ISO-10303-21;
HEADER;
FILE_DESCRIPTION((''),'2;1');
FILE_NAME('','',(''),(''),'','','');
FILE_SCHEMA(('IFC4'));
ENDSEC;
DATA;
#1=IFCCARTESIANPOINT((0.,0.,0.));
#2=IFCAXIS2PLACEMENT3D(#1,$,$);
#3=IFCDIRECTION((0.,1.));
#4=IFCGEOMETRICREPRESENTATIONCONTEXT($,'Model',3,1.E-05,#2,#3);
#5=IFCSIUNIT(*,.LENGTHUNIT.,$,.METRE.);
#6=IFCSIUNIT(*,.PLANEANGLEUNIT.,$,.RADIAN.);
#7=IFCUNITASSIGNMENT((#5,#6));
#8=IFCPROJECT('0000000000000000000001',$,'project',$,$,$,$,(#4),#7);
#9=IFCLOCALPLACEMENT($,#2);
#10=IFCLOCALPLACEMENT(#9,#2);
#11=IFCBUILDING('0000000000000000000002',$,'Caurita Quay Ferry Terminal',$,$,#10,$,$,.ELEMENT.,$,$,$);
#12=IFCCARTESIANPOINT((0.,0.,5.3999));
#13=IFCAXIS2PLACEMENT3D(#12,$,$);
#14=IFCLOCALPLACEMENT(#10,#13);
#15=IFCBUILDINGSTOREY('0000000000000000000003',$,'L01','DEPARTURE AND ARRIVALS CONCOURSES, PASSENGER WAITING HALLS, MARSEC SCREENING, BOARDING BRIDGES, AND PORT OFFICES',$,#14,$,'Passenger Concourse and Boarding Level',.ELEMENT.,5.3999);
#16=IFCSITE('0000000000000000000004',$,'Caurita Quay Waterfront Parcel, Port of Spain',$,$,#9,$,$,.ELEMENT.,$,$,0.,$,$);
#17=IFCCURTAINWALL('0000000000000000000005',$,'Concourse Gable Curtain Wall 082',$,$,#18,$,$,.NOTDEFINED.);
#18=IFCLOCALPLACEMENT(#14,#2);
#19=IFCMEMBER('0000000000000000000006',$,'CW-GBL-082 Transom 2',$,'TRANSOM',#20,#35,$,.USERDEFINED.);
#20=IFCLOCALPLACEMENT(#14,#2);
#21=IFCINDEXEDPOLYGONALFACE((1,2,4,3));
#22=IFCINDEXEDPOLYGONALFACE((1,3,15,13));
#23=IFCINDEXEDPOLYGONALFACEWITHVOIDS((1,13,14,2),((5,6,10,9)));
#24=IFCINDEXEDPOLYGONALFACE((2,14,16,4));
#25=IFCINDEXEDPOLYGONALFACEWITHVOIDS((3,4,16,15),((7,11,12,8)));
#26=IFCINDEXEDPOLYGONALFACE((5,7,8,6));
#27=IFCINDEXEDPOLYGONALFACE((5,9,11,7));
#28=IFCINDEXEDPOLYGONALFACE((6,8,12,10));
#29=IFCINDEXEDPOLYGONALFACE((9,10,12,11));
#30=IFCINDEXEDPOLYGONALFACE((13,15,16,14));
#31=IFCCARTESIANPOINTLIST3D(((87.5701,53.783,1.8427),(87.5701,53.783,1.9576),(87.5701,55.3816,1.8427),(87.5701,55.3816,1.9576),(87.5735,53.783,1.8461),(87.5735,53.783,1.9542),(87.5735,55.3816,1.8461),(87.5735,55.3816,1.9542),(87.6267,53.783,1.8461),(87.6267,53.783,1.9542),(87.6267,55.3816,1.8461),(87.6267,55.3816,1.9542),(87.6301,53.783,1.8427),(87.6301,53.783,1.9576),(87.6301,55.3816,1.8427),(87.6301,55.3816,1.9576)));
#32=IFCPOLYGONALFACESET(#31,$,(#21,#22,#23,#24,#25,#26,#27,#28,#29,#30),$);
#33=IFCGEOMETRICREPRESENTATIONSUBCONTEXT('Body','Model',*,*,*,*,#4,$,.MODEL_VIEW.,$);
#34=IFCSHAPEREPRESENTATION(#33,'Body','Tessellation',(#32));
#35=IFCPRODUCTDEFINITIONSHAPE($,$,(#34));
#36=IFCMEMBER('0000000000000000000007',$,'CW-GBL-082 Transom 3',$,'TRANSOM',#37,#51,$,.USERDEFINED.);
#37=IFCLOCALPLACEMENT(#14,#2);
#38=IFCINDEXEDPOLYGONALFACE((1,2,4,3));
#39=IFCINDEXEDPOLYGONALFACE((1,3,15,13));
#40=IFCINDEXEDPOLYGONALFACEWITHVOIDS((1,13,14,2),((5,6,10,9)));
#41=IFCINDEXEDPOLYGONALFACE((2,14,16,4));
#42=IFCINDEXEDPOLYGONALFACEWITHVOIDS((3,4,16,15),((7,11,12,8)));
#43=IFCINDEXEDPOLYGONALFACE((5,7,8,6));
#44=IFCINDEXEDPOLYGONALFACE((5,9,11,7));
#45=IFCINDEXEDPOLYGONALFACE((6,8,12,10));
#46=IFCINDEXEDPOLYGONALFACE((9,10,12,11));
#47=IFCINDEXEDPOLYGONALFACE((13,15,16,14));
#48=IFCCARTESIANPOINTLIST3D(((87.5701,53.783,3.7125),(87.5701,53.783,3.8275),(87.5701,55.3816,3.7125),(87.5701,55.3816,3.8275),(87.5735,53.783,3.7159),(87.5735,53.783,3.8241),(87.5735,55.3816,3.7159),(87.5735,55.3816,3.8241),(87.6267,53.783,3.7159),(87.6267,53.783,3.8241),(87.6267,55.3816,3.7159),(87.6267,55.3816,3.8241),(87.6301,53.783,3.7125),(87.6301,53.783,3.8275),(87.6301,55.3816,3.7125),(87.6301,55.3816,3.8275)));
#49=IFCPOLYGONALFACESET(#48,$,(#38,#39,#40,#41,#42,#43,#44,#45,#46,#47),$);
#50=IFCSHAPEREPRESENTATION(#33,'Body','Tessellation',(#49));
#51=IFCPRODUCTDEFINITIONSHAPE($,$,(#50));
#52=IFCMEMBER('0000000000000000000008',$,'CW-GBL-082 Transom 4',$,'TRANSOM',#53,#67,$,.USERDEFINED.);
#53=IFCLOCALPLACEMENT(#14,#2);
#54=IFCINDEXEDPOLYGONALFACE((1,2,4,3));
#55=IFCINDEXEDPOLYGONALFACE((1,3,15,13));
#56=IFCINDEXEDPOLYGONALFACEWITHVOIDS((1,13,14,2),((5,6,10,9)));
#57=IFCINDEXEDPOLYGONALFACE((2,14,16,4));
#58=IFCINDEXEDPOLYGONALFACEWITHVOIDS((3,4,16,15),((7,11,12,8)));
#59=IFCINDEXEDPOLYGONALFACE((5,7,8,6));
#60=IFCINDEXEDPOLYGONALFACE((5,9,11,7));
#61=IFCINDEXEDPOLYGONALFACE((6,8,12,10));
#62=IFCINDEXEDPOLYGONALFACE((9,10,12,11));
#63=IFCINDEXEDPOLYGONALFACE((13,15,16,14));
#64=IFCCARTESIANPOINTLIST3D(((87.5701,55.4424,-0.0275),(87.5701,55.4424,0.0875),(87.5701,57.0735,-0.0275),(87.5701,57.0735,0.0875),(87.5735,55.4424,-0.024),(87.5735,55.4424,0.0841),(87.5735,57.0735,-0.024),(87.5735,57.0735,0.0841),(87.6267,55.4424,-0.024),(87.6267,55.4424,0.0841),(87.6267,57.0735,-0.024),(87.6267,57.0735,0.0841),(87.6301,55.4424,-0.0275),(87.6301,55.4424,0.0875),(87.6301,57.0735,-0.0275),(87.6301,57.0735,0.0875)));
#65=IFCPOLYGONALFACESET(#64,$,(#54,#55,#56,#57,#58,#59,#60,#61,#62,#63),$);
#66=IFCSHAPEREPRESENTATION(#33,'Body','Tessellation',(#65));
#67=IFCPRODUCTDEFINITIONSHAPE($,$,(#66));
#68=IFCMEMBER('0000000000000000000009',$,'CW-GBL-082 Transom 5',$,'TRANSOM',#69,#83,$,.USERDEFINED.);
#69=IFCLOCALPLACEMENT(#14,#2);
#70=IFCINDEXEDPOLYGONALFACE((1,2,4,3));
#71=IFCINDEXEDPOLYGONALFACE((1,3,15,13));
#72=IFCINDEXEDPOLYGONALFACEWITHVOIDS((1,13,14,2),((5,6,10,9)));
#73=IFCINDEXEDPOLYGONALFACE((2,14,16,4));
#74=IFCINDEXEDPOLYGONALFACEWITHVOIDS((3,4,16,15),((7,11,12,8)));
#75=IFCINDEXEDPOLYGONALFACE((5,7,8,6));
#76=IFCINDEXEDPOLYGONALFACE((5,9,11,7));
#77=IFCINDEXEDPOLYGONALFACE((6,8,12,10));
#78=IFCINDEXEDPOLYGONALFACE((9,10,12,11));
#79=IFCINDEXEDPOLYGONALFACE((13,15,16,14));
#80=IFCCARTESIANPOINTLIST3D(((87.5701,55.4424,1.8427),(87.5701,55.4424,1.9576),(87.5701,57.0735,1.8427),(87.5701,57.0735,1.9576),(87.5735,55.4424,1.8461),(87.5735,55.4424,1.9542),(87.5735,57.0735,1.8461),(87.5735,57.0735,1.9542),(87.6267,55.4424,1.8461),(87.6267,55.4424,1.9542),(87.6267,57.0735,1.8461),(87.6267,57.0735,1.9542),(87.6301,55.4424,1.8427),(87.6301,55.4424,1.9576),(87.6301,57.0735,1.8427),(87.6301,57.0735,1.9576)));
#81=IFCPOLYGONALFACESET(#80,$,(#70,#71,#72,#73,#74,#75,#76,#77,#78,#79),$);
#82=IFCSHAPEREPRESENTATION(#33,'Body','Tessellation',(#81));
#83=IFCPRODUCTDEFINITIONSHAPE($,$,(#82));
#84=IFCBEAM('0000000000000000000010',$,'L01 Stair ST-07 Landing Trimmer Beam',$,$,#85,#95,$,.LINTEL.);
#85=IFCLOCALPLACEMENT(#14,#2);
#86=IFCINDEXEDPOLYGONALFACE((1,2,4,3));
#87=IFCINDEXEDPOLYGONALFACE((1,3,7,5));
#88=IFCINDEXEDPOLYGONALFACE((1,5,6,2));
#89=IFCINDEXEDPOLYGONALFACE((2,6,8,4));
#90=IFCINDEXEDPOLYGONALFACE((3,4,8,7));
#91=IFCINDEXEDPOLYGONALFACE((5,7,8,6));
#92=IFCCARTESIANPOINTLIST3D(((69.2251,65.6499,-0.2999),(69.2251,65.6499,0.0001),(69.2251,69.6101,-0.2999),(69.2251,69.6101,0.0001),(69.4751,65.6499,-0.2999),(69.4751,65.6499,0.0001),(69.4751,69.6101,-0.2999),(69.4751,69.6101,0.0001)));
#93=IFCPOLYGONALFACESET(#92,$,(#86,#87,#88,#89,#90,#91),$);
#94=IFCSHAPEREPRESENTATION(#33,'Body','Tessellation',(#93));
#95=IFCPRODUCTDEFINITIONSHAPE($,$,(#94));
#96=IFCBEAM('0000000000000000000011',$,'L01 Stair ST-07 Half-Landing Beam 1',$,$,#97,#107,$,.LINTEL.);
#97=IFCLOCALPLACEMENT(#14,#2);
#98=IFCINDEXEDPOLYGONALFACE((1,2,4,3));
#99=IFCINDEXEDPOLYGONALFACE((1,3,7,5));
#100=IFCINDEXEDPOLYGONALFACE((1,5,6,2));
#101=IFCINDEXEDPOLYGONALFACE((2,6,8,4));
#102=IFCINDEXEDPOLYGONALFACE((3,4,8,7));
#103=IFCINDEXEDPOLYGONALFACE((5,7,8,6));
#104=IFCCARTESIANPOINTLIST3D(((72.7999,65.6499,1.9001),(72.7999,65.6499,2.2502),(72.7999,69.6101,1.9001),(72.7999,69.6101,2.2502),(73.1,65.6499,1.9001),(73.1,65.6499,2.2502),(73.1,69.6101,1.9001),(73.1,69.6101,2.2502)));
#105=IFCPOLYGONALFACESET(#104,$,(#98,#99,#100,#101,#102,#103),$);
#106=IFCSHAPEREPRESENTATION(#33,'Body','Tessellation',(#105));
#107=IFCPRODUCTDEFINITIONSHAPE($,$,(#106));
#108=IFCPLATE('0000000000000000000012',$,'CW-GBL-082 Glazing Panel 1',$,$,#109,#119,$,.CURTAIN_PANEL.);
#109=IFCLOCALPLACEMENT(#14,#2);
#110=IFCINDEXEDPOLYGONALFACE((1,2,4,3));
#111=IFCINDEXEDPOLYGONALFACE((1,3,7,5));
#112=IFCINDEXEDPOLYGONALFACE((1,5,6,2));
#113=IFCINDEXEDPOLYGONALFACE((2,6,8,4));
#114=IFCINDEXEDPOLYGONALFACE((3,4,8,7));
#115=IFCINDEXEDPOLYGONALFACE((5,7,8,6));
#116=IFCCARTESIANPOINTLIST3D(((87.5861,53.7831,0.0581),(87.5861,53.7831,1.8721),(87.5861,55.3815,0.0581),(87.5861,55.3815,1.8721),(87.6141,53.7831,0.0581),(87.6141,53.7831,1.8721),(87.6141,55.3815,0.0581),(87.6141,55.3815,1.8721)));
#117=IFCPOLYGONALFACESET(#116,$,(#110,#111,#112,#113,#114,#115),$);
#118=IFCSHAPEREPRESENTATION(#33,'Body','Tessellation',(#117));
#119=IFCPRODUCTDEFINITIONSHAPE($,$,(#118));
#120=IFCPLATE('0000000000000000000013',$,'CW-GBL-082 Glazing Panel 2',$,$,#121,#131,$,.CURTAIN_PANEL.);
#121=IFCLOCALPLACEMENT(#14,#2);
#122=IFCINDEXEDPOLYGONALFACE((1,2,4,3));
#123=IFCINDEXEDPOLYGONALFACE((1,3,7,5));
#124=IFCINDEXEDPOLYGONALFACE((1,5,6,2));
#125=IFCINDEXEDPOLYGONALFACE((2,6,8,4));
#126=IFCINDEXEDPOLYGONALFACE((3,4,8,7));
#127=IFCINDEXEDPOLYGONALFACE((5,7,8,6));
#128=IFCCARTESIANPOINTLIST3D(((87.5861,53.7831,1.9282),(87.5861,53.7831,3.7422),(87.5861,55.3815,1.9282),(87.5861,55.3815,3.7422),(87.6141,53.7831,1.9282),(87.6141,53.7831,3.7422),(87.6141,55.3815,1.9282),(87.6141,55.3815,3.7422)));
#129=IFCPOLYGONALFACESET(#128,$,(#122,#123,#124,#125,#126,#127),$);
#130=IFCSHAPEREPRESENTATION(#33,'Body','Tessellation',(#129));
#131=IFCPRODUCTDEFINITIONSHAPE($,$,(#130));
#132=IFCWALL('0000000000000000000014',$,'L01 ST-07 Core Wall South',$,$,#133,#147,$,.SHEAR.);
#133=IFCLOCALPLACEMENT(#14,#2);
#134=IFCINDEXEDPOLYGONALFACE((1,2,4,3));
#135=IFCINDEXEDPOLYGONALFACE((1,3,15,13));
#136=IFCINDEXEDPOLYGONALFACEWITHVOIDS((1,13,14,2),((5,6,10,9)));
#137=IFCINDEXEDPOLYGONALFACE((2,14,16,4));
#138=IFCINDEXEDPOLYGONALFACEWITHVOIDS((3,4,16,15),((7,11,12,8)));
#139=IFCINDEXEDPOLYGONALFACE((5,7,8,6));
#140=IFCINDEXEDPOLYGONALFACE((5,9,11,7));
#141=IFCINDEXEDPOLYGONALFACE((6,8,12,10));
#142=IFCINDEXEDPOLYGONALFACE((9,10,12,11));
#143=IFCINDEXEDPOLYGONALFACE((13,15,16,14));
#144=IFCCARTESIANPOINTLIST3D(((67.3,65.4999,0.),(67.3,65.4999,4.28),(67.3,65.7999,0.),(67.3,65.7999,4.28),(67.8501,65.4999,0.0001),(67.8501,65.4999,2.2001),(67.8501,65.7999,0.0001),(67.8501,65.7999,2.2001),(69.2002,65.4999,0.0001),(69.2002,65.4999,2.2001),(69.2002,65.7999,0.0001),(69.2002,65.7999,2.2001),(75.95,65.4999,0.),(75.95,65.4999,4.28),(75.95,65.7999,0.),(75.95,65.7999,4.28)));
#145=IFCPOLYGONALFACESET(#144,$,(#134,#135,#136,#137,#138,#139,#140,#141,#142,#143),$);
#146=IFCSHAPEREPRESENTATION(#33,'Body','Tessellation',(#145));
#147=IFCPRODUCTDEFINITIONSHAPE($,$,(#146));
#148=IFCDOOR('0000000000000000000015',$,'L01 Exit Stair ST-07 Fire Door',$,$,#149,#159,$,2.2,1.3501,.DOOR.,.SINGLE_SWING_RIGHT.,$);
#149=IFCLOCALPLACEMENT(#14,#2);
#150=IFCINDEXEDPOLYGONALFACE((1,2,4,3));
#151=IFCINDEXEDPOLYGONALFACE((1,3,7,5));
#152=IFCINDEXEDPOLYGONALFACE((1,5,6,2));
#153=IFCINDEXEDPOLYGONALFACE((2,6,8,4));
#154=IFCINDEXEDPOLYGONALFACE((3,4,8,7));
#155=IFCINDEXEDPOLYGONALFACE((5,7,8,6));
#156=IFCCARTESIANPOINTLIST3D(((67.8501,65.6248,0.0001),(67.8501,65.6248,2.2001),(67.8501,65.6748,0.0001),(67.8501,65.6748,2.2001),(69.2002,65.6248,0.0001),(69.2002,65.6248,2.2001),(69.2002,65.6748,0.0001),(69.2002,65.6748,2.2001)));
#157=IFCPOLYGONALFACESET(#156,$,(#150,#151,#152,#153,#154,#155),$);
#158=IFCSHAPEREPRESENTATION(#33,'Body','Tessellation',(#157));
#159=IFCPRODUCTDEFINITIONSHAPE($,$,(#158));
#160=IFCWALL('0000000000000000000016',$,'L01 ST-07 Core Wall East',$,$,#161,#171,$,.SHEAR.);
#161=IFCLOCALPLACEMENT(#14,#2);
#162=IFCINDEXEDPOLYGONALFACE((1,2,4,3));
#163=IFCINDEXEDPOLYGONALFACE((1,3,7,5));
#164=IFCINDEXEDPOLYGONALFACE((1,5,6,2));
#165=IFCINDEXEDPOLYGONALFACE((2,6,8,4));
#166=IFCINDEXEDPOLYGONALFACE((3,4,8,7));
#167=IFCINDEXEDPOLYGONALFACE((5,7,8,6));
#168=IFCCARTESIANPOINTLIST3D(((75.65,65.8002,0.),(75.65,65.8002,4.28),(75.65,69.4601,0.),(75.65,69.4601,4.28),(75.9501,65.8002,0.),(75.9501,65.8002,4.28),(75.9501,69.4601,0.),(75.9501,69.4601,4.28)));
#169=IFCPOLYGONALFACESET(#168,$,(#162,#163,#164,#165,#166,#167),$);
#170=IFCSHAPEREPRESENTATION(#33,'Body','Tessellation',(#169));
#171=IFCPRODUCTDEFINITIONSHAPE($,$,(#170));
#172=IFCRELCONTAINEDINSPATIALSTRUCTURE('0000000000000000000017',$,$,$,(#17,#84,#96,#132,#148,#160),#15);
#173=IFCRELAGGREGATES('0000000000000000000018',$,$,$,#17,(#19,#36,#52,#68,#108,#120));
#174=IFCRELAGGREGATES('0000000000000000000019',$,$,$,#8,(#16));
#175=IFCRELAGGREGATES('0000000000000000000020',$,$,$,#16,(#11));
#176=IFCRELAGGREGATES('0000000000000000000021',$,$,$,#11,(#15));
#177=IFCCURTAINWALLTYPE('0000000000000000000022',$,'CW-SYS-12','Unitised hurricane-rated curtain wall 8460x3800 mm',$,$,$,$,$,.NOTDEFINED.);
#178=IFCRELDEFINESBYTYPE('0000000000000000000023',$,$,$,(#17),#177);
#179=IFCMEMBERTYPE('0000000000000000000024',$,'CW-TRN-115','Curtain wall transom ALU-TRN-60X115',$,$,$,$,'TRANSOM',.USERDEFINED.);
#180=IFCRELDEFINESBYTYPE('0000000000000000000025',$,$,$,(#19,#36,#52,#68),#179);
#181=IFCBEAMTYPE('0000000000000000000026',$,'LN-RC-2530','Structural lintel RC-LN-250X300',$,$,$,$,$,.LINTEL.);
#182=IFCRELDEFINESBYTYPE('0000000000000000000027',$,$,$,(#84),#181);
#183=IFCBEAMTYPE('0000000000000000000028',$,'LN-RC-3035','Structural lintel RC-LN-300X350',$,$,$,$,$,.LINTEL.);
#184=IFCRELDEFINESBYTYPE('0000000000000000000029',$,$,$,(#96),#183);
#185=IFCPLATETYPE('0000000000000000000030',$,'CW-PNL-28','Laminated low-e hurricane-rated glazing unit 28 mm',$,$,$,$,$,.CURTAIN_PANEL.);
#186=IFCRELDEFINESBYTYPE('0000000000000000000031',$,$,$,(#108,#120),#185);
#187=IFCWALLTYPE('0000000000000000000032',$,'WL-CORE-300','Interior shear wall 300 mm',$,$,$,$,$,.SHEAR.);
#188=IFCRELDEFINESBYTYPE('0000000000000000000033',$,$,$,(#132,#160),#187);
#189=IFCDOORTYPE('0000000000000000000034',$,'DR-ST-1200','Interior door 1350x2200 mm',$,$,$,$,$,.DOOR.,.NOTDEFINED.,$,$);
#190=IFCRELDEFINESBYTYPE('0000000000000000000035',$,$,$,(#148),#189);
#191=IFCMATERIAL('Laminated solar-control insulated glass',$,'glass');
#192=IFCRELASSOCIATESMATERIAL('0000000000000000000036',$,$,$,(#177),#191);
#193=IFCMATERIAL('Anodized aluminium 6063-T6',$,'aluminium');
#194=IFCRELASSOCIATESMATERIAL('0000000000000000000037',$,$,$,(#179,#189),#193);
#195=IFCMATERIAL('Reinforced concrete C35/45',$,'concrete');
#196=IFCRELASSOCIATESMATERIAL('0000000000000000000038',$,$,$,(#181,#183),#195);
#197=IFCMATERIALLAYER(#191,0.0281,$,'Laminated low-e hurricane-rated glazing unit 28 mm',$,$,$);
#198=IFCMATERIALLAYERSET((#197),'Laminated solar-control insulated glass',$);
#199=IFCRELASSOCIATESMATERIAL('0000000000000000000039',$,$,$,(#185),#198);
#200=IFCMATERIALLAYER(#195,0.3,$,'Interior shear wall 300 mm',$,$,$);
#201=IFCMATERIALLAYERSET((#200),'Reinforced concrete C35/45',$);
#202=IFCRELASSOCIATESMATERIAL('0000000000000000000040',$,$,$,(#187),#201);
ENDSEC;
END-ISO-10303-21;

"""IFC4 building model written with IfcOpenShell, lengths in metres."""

from ifc_helpers import new_model, si_unit, direction, frame, frame_2d, origin, origin_2d, place, context, subcontext, project, spatial, rectangle, hollow_rectangle, extrude, material, layer, layer_set, material_profile, profile_set, type_object, element, fill, aggregate, save


model = new_model("IFC4")

# Units and contexts
model_context = context("Model", 3, precision=1e-05, world=origin(), true_north=direction((0.0, 1.0)))
body_context = subcontext(model_context, "Body", "Model", "MODEL_VIEW")
ifc_project = project(units=[si_unit("LENGTHUNIT", "METRE"), si_unit("PLANEANGLEUNIT", "RADIAN")], contexts=[model_context])

# Site, building, storey
site_placement = place(None, origin())
site = spatial("IfcSite", under=ifc_project, at=site_placement, Name="Caurita Quay Waterfront Parcel, Port of Spain", CompositionType="ELEMENT", RefElevation=0.0)
building_placement = place(site_placement, origin())
building = spatial("IfcBuilding", under=site, at=building_placement, Name="Caurita Quay Ferry Terminal", CompositionType="ELEMENT")
storey_placement = place(building_placement, frame((0.0, 0.0, 5.3999)))
storey = spatial("IfcBuildingStorey", under=building, at=storey_placement, Name="L01", Description="DEPARTURE AND ARRIVALS CONCOURSES, PASSENGER WAITING HALLS, MARSEC SCREENING, BOARDING BRIDGES, AND PORT OFFICES", LongName="Passenger Concourse and Boarding Level", CompositionType="ELEMENT", Elevation=5.3999)

# Curtain wall, members
ifc_material_1 = material(Name="Laminated solar-control insulated glass", Category="glass")
curtain_wall_type = type_object("IfcCurtainWallType", Name="CW-SYS-12", Description="Unitised hurricane-rated curtain wall 8460x3800 mm", PredefinedType="NOTDEFINED", material=ifc_material_1)
curtain_wall_placement = place(storey_placement, origin())
curtain_wall = element("IfcCurtainWall", 1, at=curtain_wall_placement, inside=storey, type_object=curtain_wall_type, Name="Concourse Gable Curtain Wall 082", PredefinedType="NOTDEFINED")
ifc_material_2 = material(Name="Anodized aluminium 6063-T6", Category="aluminium")
ifc_material_profile_1 = material_profile(ifc_material_2, hollow_rectangle(XDim=0.0601, YDim=0.115, WallThickness=0.0034, at=origin_2d()), Name="ALU-TRN-60X115")
ifc_profile_set_1 = profile_set([ifc_material_profile_1], Name="Anodized aluminium 6063-T6")
member_type_1 = type_object("IfcMemberType", Name="CW-TRN-115", Description="Curtain wall transom ALU-TRN-60X115", ElementType="TRANSOM", PredefinedType="USERDEFINED", material=ifc_profile_set_1)
member_1_placement = place(storey_placement, frame((87.6001, 53.783, 1.9001), z_axis=(0.0, 1.0, 0.0), x_axis=(-1.0, 0.0, 0.0)))
member_1 = element("IfcMember", 2, at=member_1_placement, type_object=member_type_1, Name="CW-GBL-082 Transom 2", ObjectType="TRANSOM", PredefinedType="USERDEFINED", context=body_context, shape_type="SweptSolid", body=[
    extrude(hollow_rectangle(XDim=0.0601, YDim=0.115, WallThickness=0.0034, at=origin_2d()), origin(), (0.0, 0.0, 1.0), 1.5986),
])
member_2_placement = place(storey_placement, frame((87.6001, 53.783, 3.77), z_axis=(0.0, 1.0, 0.0), x_axis=(-1.0, 0.0, 0.0)))
member_2 = element("IfcMember", 3, at=member_2_placement, type_object=member_type_1, Name="CW-GBL-082 Transom 3", ObjectType="TRANSOM", PredefinedType="USERDEFINED", context=body_context, shape_type="SweptSolid", body=[
    extrude(hollow_rectangle(XDim=0.0601, YDim=0.115, WallThickness=0.0034, at=origin_2d()), origin(), (0.0, 0.0, 1.0), 1.5986),
])
member_3_placement = place(storey_placement, frame((87.6001, 55.4424, 0.03), z_axis=(0.0, 1.0, 0.0), x_axis=(-1.0, 0.0, 0.0)))
member_3 = element("IfcMember", 4, at=member_3_placement, type_object=member_type_1, Name="CW-GBL-082 Transom 4", ObjectType="TRANSOM", PredefinedType="USERDEFINED", context=body_context, shape_type="SweptSolid", body=[
    extrude(hollow_rectangle(XDim=0.0601, YDim=0.115, WallThickness=0.0034, at=origin_2d()), origin(), (0.0, 0.0, 1.0), 1.6311),
])
member_4_placement = place(storey_placement, frame((87.6001, 55.4424, 1.9001), z_axis=(0.0, 1.0, 0.0), x_axis=(-1.0, 0.0, 0.0)))
member_4 = element("IfcMember", 5, at=member_4_placement, type_object=member_type_1, Name="CW-GBL-082 Transom 5", ObjectType="TRANSOM", PredefinedType="USERDEFINED", context=body_context, shape_type="SweptSolid", body=[
    extrude(hollow_rectangle(XDim=0.0601, YDim=0.115, WallThickness=0.0034, at=origin_2d()), origin(), (0.0, 0.0, 1.0), 1.6311),
])

# Beams
ifc_material_3 = material(Name="Reinforced concrete C35/45", Category="concrete")
ifc_material_profile_2 = material_profile(ifc_material_3, rectangle(XDim=0.25, YDim=0.3, at=origin_2d()), Name="RC-LN-250X300")
ifc_profile_set_2 = profile_set([ifc_material_profile_2], Name="Reinforced concrete C35/45")
beam_type_1 = type_object("IfcBeamType", Name="LN-RC-2530", Description="Structural lintel RC-LN-250X300", PredefinedType="LINTEL", material=ifc_profile_set_2)
beam_1_placement = place(storey_placement, frame((69.3501, 65.6499, -0.1499), z_axis=(0.0, 1.0, 0.0), x_axis=(-1.0, 0.0, 0.0)))
element("IfcBeam", 6, at=beam_1_placement, inside=storey, type_object=beam_type_1, Name="L01 Stair ST-07 Landing Trimmer Beam", PredefinedType="LINTEL", context=body_context, shape_type="SweptSolid", body=[
    extrude(rectangle(XDim=0.25, YDim=0.3, at=origin_2d()), origin(), (0.0, 0.0, 1.0), 3.9602),
])
ifc_material_profile_3 = material_profile(ifc_material_3, rectangle(XDim=0.3, YDim=0.3501, at=origin_2d()), Name="RC-LN-300X350")
ifc_profile_set_3 = profile_set([ifc_material_profile_3], Name="Reinforced concrete C35/45")
beam_type_2 = type_object("IfcBeamType", Name="LN-RC-3035", Description="Structural lintel RC-LN-300X350", PredefinedType="LINTEL", material=ifc_profile_set_3)
beam_2_placement = place(storey_placement, frame((72.95, 65.6499, 2.0752), z_axis=(0.0, 1.0, 0.0), x_axis=(-1.0, 0.0, 0.0)))
element("IfcBeam", 7, at=beam_2_placement, inside=storey, type_object=beam_type_2, Name="L01 Stair ST-07 Half-Landing Beam 1", PredefinedType="LINTEL", context=body_context, shape_type="SweptSolid", body=[
    extrude(rectangle(XDim=0.3, YDim=0.3501, at=origin_2d()), origin(), (0.0, 0.0, 1.0), 3.9602),
])

# Plates
ifc_layer_1 = layer(ifc_material_1, 0.0281, Name="Laminated low-e hurricane-rated glazing unit 28 mm")
ifc_layer_set_1 = layer_set([ifc_layer_1], Name="Laminated solar-control insulated glass")
plate_type = type_object("IfcPlateType", Name="CW-PNL-28", Description="Laminated low-e hurricane-rated glazing unit 28 mm", PredefinedType="CURTAIN_PANEL", material=ifc_layer_set_1)
plate_1_placement = place(storey_placement, frame((87.6001, 54.5823, 0.0581), z_axis=(0.0, 0.0, 1.0), x_axis=(0.0, 1.0, 0.0)))
plate_1 = element("IfcPlate", 8, at=plate_1_placement, type_object=plate_type, Name="CW-GBL-082 Glazing Panel 1", PredefinedType="CURTAIN_PANEL", context=body_context, shape_type="SweptSolid", body=[
    extrude(rectangle(XDim=1.5984, YDim=0.0281, at=origin_2d()), origin(), (0.0, 0.0, 1.0), 1.814),
])
plate_2_placement = place(storey_placement, frame((87.6001, 54.5823, 1.9282), z_axis=(0.0, 0.0, 1.0), x_axis=(0.0, 1.0, 0.0)))
plate_2 = element("IfcPlate", 9, at=plate_2_placement, type_object=plate_type, Name="CW-GBL-082 Glazing Panel 2", PredefinedType="CURTAIN_PANEL", context=body_context, shape_type="SweptSolid", body=[
    extrude(rectangle(XDim=1.5984, YDim=0.0281, at=origin_2d()), origin(), (0.0, 0.0, 1.0), 1.814),
])
aggregate(curtain_wall, [member_1, member_2, member_3, member_4, plate_1, plate_2])

# Wall, opening, door
ifc_layer_2 = layer(ifc_material_3, 0.3, Name="Interior shear wall 300 mm")
ifc_layer_set_2 = layer_set([ifc_layer_2], Name="Reinforced concrete C35/45")
wall_type_1 = type_object("IfcWallType", Name="WL-CORE-300", Description="Interior shear wall 300 mm", PredefinedType="SHEAR", material=ifc_layer_set_2)
wall_1_placement = place(storey_placement, frame((67.3, 65.6499, 0.0), z_axis=(0.0, 0.0, 1.0), x_axis=(1.0, 0.0, 0.0)))
wall_1 = element("IfcWall", 10, at=wall_1_placement, inside=storey, type_object=wall_type_1, Name="L01 ST-07 Core Wall South", PredefinedType="SHEAR", context=body_context, shape_type="SweptSolid", body=[
    extrude(rectangle(XDim=8.6499, YDim=0.3, at=frame_2d((4.325, 0.0))), origin(), (0.0, 0.0, 1.0), 4.28),
])
opening_1_placement = place(wall_1_placement, frame((0.55, 0.0, 0.0)))
opening_1 = element("IfcOpeningElement", 11, at=opening_1_placement, cuts=wall_1, PredefinedType="OPENING", context=body_context, shape_type="SweptSolid", body=[
    extrude(rectangle(XDim=1.3501, YDim=2.2, at=frame_2d((0.675, 1.1001))), frame((0.0, 0.1599, 0.0), z_axis=(0.0, -1.0, 0.0), x_axis=(1.0, 0.0, 0.0)), (0.0, 0.0, 1.0), 0.3201),
])
door_type_1 = type_object("IfcDoorType", Name="DR-ST-1200", Description="Interior door 1350x2200 mm", OperationType="NOTDEFINED", PredefinedType="DOOR", material=ifc_material_2)
door_1_placement = place(opening_1_placement, origin())
door_1 = element("IfcDoor", 12, at=door_1_placement, inside=storey, type_object=door_type_1, Name="L01 Exit Stair ST-07 Fire Door", OperationType="SINGLE_SWING_RIGHT", OverallHeight=2.2, OverallWidth=1.3501, PredefinedType="DOOR", context=body_context, shape_type="SweptSolid", body=[
    extrude(rectangle(XDim=1.3501, YDim=2.2, at=frame_2d((0.675, 1.1001))), frame((0.0, 0.0249, 0.0), z_axis=(0.0, -1.0, 0.0), x_axis=(1.0, 0.0, 0.0)), (0.0, 0.0, 1.0), 0.05),
])
fill(opening_1, door_1)

# Wall
wall_2_placement = place(storey_placement, frame((75.8, 65.8, 0.0), z_axis=(0.0, 0.0, 1.0), x_axis=(0.0, 1.0, 0.0)))
element("IfcWall", 13, at=wall_2_placement, inside=storey, type_object=wall_type_1, Name="L01 ST-07 Core Wall East", PredefinedType="SHEAR", context=body_context, shape_type="SweptSolid", body=[
    extrude(rectangle(XDim=3.6599, YDim=0.3, at=frame_2d((1.8301, 0.0))), origin(), (0.0, 0.0, 1.0), 4.28),
])

save(model, "model.ifc")
